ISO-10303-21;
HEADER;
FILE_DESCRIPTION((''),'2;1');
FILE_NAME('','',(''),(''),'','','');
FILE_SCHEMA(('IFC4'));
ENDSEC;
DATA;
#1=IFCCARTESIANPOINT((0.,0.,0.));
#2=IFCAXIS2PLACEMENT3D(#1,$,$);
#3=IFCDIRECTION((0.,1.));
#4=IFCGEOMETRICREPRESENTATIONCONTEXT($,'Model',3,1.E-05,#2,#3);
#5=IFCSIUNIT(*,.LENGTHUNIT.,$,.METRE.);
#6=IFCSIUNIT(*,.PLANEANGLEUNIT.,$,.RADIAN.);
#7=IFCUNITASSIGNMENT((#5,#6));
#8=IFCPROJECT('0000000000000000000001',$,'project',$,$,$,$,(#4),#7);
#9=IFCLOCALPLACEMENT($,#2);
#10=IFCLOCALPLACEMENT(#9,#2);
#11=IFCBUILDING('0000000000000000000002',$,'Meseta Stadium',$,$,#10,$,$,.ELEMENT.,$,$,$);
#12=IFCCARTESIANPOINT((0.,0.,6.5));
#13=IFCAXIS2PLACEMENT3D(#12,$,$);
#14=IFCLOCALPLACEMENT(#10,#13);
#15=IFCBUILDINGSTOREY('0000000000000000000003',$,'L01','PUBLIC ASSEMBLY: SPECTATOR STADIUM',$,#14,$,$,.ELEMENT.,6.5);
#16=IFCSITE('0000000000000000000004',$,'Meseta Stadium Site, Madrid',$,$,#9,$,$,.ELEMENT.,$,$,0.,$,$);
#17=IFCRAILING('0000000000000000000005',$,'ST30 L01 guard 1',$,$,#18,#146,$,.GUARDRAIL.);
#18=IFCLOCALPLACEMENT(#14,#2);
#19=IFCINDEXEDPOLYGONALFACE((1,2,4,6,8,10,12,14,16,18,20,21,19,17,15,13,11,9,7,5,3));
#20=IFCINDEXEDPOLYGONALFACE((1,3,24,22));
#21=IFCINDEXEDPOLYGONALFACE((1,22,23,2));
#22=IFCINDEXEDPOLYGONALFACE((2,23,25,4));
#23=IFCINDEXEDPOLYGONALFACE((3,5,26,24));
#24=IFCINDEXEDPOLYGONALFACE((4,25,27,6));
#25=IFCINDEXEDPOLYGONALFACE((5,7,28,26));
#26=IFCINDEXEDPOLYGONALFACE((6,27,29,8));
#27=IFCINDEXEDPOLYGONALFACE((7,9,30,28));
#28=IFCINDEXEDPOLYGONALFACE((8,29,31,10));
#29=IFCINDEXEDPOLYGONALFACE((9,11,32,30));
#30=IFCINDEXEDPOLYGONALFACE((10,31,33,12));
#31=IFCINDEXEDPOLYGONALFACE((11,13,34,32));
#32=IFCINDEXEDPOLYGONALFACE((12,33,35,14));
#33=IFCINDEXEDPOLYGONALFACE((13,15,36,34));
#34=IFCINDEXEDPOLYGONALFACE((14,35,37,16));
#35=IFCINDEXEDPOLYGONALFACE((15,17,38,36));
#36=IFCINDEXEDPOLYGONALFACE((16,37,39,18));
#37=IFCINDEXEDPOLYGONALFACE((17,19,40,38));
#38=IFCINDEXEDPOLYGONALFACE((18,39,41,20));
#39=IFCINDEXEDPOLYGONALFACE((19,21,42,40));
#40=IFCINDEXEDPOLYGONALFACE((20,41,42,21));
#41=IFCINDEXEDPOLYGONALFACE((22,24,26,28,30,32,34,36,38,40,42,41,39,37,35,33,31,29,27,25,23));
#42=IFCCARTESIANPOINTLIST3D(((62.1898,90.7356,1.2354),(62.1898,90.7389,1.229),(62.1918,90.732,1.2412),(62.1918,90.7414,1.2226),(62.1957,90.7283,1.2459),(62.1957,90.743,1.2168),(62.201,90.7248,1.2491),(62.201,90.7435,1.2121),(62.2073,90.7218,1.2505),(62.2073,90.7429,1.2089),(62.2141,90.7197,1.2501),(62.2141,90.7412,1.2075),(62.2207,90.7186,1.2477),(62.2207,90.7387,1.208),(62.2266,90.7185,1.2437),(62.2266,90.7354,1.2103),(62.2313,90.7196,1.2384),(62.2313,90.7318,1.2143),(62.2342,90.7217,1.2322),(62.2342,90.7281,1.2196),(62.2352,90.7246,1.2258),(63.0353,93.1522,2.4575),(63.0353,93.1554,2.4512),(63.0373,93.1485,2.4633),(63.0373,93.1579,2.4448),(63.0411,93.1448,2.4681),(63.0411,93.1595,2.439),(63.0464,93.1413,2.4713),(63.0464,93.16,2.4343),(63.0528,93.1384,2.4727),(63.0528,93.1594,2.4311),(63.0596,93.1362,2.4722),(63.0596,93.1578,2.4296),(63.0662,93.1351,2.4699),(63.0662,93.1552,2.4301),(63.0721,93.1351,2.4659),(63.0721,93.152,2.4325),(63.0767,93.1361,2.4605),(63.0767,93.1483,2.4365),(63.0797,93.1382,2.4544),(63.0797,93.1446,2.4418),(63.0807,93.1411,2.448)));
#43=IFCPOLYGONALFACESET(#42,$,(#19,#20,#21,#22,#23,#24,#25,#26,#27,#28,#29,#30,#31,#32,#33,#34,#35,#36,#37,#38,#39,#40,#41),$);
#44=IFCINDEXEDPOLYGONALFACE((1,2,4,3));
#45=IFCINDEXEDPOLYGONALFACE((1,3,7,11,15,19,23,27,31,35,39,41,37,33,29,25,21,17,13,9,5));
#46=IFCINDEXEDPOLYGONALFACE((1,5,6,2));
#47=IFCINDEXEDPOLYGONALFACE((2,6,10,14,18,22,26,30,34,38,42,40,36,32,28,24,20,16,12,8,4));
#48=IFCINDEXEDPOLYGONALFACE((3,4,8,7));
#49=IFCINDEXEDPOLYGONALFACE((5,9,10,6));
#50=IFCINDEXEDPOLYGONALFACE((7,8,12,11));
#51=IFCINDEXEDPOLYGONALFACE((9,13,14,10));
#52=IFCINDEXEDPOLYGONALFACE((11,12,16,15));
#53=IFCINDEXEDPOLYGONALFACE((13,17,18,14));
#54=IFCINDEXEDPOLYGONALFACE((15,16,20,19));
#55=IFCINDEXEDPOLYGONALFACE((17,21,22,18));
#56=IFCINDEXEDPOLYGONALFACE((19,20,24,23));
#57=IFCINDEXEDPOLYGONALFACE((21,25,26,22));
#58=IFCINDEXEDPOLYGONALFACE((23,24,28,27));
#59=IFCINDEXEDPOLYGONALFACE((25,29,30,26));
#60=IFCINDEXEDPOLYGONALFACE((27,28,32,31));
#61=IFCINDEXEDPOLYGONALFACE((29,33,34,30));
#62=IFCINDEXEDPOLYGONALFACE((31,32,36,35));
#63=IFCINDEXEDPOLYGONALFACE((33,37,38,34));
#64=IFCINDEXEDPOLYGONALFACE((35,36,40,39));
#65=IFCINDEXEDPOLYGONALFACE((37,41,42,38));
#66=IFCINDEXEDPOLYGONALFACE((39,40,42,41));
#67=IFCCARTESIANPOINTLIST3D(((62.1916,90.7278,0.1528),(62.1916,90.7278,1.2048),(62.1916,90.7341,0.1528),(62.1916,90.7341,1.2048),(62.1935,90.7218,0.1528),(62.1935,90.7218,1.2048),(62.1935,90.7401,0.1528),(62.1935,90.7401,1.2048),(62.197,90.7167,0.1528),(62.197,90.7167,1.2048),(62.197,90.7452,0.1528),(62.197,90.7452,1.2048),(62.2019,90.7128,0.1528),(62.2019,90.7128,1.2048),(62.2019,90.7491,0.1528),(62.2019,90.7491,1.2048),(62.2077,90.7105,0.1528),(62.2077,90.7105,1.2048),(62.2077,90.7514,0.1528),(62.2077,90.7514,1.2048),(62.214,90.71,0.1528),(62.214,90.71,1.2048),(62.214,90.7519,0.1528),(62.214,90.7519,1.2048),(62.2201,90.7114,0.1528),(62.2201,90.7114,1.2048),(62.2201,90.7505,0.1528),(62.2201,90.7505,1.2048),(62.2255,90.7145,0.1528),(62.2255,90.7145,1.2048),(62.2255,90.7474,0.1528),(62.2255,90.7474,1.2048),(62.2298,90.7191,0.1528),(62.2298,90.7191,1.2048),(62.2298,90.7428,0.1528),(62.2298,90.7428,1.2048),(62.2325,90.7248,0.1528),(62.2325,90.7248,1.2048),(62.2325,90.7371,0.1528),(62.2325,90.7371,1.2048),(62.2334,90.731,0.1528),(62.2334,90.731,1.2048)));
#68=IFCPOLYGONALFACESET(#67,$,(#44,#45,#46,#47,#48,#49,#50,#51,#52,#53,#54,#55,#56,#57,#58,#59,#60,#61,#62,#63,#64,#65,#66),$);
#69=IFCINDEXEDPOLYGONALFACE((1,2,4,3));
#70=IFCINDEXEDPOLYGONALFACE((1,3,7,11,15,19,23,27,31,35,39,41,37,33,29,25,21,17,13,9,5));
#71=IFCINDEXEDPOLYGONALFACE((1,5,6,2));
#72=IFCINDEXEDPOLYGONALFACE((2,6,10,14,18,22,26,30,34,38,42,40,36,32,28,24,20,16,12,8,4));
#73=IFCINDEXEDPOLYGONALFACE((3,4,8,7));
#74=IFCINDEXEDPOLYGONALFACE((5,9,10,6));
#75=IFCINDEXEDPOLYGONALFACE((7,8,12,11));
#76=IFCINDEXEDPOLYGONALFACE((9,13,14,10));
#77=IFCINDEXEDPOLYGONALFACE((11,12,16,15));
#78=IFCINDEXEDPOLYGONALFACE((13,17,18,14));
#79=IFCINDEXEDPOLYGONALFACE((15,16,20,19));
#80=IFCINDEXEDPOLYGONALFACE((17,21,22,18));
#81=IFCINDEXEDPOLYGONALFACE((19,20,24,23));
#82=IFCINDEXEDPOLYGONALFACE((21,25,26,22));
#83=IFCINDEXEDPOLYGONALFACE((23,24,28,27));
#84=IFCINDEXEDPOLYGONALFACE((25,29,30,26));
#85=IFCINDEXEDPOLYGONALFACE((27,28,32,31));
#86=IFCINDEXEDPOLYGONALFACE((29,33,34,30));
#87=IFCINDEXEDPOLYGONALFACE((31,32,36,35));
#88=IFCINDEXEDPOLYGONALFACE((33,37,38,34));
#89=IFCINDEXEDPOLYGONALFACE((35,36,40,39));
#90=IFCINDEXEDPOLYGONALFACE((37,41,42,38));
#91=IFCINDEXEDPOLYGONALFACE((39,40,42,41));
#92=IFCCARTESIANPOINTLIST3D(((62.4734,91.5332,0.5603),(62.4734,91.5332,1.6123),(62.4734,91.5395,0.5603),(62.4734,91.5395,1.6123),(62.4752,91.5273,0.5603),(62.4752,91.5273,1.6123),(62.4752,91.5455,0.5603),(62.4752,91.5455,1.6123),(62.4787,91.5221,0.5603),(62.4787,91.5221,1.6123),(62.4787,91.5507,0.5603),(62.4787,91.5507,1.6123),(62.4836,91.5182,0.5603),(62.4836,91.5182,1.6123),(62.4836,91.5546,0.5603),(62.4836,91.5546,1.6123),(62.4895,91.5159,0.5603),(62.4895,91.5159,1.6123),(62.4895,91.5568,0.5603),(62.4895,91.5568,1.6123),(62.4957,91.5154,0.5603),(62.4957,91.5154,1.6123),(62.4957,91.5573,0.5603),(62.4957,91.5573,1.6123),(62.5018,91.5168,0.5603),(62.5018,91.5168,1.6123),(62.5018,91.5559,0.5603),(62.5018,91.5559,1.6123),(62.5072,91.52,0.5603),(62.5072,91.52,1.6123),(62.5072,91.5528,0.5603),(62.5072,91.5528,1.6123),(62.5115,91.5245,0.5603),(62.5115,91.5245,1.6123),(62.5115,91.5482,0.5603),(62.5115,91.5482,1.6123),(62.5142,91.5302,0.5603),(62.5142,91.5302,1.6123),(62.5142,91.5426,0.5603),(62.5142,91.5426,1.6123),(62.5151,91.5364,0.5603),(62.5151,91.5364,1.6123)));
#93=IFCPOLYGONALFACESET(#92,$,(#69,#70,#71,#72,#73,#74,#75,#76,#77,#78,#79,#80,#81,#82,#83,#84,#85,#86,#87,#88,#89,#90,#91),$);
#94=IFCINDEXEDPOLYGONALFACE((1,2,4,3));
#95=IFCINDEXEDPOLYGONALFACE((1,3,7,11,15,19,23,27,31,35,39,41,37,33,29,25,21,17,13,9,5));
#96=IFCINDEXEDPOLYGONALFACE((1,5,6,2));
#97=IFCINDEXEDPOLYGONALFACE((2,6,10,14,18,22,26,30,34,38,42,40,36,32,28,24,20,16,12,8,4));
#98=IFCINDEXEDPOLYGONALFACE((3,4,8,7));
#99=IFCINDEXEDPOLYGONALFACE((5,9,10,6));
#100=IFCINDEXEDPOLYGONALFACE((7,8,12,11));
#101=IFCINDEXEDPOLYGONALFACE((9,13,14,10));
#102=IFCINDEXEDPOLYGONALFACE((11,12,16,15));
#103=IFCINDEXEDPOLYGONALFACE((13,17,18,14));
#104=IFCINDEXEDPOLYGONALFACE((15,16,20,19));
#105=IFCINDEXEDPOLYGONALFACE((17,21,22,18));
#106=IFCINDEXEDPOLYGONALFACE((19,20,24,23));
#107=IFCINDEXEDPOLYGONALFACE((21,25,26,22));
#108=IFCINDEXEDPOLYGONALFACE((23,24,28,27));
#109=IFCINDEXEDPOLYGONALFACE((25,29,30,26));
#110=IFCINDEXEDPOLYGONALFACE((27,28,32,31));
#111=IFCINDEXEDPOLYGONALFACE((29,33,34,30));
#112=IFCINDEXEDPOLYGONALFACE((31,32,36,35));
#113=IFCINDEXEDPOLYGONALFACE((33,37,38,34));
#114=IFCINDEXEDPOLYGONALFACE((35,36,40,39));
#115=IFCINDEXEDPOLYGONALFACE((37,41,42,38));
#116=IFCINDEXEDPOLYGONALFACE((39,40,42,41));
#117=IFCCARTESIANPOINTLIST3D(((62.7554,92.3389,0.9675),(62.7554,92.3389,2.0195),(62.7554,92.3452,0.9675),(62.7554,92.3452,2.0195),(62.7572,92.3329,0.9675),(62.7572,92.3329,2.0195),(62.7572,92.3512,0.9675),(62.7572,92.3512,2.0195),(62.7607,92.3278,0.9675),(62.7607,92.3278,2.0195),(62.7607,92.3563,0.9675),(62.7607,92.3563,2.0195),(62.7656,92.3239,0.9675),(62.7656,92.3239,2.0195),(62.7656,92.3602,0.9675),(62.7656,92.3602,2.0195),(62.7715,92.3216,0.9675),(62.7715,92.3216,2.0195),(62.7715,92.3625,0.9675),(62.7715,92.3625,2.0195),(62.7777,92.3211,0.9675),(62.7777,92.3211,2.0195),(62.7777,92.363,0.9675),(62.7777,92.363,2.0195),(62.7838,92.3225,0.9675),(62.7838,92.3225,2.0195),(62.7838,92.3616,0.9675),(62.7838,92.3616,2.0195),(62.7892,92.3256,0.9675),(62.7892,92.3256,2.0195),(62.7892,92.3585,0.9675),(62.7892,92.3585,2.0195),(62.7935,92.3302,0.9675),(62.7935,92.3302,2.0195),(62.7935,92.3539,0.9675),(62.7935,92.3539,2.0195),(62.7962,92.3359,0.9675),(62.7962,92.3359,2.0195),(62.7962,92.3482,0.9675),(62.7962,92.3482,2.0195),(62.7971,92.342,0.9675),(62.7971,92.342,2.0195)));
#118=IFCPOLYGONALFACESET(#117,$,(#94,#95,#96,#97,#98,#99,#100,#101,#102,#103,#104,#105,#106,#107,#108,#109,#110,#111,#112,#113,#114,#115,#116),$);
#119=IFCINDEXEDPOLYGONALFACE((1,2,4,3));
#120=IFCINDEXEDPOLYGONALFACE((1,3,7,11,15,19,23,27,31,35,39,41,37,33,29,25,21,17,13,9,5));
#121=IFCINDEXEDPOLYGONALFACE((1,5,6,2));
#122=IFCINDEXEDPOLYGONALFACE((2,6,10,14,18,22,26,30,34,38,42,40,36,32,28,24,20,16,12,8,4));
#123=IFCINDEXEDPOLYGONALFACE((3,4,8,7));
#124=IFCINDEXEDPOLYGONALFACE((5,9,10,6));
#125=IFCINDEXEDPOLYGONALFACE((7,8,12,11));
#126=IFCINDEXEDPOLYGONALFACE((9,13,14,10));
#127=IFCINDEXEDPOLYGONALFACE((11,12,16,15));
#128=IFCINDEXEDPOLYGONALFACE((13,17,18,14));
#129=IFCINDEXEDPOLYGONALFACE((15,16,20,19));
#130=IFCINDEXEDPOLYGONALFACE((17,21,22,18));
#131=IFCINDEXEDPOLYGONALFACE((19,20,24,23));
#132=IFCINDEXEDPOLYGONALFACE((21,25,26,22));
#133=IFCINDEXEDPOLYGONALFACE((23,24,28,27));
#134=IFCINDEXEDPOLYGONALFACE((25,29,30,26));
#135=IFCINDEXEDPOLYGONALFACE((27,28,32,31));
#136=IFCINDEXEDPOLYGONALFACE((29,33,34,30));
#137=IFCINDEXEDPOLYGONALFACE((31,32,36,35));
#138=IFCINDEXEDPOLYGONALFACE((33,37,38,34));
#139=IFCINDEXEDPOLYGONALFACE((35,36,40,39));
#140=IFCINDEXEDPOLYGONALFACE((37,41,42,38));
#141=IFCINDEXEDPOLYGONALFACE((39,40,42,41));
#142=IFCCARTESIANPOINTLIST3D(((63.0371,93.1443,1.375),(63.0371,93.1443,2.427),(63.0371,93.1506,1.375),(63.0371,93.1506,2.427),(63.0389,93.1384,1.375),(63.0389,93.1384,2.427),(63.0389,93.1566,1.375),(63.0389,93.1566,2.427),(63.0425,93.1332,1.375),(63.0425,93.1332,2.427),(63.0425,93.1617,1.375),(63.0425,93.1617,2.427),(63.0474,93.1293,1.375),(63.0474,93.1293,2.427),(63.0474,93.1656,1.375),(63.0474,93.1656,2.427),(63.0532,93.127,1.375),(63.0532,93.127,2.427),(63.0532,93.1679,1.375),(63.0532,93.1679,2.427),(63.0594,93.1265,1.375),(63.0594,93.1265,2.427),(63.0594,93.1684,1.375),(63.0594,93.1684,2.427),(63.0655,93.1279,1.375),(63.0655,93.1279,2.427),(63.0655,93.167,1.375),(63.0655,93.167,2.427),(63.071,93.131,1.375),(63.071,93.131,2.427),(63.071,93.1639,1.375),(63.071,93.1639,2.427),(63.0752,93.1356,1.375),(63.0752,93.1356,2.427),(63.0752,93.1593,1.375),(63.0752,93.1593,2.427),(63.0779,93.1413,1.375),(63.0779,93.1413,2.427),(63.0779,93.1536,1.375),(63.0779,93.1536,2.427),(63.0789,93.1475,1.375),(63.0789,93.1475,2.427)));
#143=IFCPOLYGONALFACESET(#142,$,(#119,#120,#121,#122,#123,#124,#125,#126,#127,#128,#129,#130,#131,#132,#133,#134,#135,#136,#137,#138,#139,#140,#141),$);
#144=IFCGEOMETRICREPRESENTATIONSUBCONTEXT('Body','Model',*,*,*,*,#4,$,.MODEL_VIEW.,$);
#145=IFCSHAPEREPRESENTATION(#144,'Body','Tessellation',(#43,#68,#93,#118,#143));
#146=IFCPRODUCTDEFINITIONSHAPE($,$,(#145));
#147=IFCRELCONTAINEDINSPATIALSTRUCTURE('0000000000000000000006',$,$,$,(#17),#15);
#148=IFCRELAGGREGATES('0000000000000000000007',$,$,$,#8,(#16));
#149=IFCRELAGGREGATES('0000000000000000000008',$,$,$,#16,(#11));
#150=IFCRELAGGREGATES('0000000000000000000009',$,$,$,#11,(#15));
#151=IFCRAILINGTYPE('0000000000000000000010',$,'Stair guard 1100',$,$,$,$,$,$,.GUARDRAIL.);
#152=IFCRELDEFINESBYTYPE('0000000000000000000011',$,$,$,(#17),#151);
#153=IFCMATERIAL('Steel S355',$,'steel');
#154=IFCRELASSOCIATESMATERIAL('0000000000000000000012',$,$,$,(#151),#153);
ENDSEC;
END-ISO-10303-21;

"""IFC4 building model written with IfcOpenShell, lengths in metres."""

from ifc_helpers import new_model, si_unit, direction, frame, origin, origin_2d, place, context, subcontext, project, spatial, circle, extrude, material, type_object, element, save


model = new_model("IFC4")

# Units and contexts
model_context = context("Model", 3, precision=1e-05, world=origin(), true_north=direction((0.0, 1.0)))
body_context = subcontext(model_context, "Body", "Model", "MODEL_VIEW")
ifc_project = project(units=[si_unit("LENGTHUNIT", "METRE"), si_unit("PLANEANGLEUNIT", "RADIAN")], contexts=[model_context])

# Site, building, storey
site_placement = place(None, origin())
site = spatial("IfcSite", under=ifc_project, at=site_placement, Name="Meseta Stadium Site, Madrid", CompositionType="ELEMENT", RefElevation=0.0)
building_placement = place(site_placement, origin())
building = spatial("IfcBuilding", under=site, at=building_placement, Name="Meseta Stadium", CompositionType="ELEMENT")
storey_placement = place(building_placement, frame((0.0, 0.0, 6.5)))
storey = spatial("IfcBuildingStorey", under=building, at=storey_placement, Name="L01", Description="PUBLIC ASSEMBLY: SPECTATOR STADIUM", CompositionType="ELEMENT", Elevation=6.5)

# Railing
ifc_material_1 = material(Name="Steel S355", Category="steel")
railing_type_1 = type_object("IfcRailingType", Name="Stair guard 1100", PredefinedType="GUARDRAIL", material=ifc_material_1)
railing_1_placement = place(storey_placement, frame((62.2124, 90.731, 0.1528)))
element("IfcRailing", 1, at=railing_1_placement, inside=storey, type_object=railing_type_1, Name="ST30 L01 guard 1", PredefinedType="GUARDRAIL", context=body_context, shape_type="SweptSolid", body=[
    extrude(circle(Radius=0.0239, at=origin_2d()), frame((0.0, 0.0, 1.0762), z_axis=(0.298022, 0.851812, 0.430811), x_axis=(-0.943897, 0.33024, 0.0)), (0.0, 0.0, 1.0), 2.8369),
    extrude(circle(Radius=0.021, at=origin_2d()), origin(), (0.0, 0.0, 1.0), 1.052),
    extrude(circle(Radius=0.021, at=origin_2d()), frame((0.2817, 0.8054, 0.4075)), (0.0, 0.0, 1.0), 1.052),
    extrude(circle(Radius=0.021, at=origin_2d()), frame((0.5637, 1.6111, 0.8147)), (0.0, 0.0, 1.0), 1.052),
    extrude(circle(Radius=0.021, at=origin_2d()), frame((0.8455, 2.4165, 1.2222)), (0.0, 0.0, 1.0), 1.052),
])

save(model, "model.ifc")
